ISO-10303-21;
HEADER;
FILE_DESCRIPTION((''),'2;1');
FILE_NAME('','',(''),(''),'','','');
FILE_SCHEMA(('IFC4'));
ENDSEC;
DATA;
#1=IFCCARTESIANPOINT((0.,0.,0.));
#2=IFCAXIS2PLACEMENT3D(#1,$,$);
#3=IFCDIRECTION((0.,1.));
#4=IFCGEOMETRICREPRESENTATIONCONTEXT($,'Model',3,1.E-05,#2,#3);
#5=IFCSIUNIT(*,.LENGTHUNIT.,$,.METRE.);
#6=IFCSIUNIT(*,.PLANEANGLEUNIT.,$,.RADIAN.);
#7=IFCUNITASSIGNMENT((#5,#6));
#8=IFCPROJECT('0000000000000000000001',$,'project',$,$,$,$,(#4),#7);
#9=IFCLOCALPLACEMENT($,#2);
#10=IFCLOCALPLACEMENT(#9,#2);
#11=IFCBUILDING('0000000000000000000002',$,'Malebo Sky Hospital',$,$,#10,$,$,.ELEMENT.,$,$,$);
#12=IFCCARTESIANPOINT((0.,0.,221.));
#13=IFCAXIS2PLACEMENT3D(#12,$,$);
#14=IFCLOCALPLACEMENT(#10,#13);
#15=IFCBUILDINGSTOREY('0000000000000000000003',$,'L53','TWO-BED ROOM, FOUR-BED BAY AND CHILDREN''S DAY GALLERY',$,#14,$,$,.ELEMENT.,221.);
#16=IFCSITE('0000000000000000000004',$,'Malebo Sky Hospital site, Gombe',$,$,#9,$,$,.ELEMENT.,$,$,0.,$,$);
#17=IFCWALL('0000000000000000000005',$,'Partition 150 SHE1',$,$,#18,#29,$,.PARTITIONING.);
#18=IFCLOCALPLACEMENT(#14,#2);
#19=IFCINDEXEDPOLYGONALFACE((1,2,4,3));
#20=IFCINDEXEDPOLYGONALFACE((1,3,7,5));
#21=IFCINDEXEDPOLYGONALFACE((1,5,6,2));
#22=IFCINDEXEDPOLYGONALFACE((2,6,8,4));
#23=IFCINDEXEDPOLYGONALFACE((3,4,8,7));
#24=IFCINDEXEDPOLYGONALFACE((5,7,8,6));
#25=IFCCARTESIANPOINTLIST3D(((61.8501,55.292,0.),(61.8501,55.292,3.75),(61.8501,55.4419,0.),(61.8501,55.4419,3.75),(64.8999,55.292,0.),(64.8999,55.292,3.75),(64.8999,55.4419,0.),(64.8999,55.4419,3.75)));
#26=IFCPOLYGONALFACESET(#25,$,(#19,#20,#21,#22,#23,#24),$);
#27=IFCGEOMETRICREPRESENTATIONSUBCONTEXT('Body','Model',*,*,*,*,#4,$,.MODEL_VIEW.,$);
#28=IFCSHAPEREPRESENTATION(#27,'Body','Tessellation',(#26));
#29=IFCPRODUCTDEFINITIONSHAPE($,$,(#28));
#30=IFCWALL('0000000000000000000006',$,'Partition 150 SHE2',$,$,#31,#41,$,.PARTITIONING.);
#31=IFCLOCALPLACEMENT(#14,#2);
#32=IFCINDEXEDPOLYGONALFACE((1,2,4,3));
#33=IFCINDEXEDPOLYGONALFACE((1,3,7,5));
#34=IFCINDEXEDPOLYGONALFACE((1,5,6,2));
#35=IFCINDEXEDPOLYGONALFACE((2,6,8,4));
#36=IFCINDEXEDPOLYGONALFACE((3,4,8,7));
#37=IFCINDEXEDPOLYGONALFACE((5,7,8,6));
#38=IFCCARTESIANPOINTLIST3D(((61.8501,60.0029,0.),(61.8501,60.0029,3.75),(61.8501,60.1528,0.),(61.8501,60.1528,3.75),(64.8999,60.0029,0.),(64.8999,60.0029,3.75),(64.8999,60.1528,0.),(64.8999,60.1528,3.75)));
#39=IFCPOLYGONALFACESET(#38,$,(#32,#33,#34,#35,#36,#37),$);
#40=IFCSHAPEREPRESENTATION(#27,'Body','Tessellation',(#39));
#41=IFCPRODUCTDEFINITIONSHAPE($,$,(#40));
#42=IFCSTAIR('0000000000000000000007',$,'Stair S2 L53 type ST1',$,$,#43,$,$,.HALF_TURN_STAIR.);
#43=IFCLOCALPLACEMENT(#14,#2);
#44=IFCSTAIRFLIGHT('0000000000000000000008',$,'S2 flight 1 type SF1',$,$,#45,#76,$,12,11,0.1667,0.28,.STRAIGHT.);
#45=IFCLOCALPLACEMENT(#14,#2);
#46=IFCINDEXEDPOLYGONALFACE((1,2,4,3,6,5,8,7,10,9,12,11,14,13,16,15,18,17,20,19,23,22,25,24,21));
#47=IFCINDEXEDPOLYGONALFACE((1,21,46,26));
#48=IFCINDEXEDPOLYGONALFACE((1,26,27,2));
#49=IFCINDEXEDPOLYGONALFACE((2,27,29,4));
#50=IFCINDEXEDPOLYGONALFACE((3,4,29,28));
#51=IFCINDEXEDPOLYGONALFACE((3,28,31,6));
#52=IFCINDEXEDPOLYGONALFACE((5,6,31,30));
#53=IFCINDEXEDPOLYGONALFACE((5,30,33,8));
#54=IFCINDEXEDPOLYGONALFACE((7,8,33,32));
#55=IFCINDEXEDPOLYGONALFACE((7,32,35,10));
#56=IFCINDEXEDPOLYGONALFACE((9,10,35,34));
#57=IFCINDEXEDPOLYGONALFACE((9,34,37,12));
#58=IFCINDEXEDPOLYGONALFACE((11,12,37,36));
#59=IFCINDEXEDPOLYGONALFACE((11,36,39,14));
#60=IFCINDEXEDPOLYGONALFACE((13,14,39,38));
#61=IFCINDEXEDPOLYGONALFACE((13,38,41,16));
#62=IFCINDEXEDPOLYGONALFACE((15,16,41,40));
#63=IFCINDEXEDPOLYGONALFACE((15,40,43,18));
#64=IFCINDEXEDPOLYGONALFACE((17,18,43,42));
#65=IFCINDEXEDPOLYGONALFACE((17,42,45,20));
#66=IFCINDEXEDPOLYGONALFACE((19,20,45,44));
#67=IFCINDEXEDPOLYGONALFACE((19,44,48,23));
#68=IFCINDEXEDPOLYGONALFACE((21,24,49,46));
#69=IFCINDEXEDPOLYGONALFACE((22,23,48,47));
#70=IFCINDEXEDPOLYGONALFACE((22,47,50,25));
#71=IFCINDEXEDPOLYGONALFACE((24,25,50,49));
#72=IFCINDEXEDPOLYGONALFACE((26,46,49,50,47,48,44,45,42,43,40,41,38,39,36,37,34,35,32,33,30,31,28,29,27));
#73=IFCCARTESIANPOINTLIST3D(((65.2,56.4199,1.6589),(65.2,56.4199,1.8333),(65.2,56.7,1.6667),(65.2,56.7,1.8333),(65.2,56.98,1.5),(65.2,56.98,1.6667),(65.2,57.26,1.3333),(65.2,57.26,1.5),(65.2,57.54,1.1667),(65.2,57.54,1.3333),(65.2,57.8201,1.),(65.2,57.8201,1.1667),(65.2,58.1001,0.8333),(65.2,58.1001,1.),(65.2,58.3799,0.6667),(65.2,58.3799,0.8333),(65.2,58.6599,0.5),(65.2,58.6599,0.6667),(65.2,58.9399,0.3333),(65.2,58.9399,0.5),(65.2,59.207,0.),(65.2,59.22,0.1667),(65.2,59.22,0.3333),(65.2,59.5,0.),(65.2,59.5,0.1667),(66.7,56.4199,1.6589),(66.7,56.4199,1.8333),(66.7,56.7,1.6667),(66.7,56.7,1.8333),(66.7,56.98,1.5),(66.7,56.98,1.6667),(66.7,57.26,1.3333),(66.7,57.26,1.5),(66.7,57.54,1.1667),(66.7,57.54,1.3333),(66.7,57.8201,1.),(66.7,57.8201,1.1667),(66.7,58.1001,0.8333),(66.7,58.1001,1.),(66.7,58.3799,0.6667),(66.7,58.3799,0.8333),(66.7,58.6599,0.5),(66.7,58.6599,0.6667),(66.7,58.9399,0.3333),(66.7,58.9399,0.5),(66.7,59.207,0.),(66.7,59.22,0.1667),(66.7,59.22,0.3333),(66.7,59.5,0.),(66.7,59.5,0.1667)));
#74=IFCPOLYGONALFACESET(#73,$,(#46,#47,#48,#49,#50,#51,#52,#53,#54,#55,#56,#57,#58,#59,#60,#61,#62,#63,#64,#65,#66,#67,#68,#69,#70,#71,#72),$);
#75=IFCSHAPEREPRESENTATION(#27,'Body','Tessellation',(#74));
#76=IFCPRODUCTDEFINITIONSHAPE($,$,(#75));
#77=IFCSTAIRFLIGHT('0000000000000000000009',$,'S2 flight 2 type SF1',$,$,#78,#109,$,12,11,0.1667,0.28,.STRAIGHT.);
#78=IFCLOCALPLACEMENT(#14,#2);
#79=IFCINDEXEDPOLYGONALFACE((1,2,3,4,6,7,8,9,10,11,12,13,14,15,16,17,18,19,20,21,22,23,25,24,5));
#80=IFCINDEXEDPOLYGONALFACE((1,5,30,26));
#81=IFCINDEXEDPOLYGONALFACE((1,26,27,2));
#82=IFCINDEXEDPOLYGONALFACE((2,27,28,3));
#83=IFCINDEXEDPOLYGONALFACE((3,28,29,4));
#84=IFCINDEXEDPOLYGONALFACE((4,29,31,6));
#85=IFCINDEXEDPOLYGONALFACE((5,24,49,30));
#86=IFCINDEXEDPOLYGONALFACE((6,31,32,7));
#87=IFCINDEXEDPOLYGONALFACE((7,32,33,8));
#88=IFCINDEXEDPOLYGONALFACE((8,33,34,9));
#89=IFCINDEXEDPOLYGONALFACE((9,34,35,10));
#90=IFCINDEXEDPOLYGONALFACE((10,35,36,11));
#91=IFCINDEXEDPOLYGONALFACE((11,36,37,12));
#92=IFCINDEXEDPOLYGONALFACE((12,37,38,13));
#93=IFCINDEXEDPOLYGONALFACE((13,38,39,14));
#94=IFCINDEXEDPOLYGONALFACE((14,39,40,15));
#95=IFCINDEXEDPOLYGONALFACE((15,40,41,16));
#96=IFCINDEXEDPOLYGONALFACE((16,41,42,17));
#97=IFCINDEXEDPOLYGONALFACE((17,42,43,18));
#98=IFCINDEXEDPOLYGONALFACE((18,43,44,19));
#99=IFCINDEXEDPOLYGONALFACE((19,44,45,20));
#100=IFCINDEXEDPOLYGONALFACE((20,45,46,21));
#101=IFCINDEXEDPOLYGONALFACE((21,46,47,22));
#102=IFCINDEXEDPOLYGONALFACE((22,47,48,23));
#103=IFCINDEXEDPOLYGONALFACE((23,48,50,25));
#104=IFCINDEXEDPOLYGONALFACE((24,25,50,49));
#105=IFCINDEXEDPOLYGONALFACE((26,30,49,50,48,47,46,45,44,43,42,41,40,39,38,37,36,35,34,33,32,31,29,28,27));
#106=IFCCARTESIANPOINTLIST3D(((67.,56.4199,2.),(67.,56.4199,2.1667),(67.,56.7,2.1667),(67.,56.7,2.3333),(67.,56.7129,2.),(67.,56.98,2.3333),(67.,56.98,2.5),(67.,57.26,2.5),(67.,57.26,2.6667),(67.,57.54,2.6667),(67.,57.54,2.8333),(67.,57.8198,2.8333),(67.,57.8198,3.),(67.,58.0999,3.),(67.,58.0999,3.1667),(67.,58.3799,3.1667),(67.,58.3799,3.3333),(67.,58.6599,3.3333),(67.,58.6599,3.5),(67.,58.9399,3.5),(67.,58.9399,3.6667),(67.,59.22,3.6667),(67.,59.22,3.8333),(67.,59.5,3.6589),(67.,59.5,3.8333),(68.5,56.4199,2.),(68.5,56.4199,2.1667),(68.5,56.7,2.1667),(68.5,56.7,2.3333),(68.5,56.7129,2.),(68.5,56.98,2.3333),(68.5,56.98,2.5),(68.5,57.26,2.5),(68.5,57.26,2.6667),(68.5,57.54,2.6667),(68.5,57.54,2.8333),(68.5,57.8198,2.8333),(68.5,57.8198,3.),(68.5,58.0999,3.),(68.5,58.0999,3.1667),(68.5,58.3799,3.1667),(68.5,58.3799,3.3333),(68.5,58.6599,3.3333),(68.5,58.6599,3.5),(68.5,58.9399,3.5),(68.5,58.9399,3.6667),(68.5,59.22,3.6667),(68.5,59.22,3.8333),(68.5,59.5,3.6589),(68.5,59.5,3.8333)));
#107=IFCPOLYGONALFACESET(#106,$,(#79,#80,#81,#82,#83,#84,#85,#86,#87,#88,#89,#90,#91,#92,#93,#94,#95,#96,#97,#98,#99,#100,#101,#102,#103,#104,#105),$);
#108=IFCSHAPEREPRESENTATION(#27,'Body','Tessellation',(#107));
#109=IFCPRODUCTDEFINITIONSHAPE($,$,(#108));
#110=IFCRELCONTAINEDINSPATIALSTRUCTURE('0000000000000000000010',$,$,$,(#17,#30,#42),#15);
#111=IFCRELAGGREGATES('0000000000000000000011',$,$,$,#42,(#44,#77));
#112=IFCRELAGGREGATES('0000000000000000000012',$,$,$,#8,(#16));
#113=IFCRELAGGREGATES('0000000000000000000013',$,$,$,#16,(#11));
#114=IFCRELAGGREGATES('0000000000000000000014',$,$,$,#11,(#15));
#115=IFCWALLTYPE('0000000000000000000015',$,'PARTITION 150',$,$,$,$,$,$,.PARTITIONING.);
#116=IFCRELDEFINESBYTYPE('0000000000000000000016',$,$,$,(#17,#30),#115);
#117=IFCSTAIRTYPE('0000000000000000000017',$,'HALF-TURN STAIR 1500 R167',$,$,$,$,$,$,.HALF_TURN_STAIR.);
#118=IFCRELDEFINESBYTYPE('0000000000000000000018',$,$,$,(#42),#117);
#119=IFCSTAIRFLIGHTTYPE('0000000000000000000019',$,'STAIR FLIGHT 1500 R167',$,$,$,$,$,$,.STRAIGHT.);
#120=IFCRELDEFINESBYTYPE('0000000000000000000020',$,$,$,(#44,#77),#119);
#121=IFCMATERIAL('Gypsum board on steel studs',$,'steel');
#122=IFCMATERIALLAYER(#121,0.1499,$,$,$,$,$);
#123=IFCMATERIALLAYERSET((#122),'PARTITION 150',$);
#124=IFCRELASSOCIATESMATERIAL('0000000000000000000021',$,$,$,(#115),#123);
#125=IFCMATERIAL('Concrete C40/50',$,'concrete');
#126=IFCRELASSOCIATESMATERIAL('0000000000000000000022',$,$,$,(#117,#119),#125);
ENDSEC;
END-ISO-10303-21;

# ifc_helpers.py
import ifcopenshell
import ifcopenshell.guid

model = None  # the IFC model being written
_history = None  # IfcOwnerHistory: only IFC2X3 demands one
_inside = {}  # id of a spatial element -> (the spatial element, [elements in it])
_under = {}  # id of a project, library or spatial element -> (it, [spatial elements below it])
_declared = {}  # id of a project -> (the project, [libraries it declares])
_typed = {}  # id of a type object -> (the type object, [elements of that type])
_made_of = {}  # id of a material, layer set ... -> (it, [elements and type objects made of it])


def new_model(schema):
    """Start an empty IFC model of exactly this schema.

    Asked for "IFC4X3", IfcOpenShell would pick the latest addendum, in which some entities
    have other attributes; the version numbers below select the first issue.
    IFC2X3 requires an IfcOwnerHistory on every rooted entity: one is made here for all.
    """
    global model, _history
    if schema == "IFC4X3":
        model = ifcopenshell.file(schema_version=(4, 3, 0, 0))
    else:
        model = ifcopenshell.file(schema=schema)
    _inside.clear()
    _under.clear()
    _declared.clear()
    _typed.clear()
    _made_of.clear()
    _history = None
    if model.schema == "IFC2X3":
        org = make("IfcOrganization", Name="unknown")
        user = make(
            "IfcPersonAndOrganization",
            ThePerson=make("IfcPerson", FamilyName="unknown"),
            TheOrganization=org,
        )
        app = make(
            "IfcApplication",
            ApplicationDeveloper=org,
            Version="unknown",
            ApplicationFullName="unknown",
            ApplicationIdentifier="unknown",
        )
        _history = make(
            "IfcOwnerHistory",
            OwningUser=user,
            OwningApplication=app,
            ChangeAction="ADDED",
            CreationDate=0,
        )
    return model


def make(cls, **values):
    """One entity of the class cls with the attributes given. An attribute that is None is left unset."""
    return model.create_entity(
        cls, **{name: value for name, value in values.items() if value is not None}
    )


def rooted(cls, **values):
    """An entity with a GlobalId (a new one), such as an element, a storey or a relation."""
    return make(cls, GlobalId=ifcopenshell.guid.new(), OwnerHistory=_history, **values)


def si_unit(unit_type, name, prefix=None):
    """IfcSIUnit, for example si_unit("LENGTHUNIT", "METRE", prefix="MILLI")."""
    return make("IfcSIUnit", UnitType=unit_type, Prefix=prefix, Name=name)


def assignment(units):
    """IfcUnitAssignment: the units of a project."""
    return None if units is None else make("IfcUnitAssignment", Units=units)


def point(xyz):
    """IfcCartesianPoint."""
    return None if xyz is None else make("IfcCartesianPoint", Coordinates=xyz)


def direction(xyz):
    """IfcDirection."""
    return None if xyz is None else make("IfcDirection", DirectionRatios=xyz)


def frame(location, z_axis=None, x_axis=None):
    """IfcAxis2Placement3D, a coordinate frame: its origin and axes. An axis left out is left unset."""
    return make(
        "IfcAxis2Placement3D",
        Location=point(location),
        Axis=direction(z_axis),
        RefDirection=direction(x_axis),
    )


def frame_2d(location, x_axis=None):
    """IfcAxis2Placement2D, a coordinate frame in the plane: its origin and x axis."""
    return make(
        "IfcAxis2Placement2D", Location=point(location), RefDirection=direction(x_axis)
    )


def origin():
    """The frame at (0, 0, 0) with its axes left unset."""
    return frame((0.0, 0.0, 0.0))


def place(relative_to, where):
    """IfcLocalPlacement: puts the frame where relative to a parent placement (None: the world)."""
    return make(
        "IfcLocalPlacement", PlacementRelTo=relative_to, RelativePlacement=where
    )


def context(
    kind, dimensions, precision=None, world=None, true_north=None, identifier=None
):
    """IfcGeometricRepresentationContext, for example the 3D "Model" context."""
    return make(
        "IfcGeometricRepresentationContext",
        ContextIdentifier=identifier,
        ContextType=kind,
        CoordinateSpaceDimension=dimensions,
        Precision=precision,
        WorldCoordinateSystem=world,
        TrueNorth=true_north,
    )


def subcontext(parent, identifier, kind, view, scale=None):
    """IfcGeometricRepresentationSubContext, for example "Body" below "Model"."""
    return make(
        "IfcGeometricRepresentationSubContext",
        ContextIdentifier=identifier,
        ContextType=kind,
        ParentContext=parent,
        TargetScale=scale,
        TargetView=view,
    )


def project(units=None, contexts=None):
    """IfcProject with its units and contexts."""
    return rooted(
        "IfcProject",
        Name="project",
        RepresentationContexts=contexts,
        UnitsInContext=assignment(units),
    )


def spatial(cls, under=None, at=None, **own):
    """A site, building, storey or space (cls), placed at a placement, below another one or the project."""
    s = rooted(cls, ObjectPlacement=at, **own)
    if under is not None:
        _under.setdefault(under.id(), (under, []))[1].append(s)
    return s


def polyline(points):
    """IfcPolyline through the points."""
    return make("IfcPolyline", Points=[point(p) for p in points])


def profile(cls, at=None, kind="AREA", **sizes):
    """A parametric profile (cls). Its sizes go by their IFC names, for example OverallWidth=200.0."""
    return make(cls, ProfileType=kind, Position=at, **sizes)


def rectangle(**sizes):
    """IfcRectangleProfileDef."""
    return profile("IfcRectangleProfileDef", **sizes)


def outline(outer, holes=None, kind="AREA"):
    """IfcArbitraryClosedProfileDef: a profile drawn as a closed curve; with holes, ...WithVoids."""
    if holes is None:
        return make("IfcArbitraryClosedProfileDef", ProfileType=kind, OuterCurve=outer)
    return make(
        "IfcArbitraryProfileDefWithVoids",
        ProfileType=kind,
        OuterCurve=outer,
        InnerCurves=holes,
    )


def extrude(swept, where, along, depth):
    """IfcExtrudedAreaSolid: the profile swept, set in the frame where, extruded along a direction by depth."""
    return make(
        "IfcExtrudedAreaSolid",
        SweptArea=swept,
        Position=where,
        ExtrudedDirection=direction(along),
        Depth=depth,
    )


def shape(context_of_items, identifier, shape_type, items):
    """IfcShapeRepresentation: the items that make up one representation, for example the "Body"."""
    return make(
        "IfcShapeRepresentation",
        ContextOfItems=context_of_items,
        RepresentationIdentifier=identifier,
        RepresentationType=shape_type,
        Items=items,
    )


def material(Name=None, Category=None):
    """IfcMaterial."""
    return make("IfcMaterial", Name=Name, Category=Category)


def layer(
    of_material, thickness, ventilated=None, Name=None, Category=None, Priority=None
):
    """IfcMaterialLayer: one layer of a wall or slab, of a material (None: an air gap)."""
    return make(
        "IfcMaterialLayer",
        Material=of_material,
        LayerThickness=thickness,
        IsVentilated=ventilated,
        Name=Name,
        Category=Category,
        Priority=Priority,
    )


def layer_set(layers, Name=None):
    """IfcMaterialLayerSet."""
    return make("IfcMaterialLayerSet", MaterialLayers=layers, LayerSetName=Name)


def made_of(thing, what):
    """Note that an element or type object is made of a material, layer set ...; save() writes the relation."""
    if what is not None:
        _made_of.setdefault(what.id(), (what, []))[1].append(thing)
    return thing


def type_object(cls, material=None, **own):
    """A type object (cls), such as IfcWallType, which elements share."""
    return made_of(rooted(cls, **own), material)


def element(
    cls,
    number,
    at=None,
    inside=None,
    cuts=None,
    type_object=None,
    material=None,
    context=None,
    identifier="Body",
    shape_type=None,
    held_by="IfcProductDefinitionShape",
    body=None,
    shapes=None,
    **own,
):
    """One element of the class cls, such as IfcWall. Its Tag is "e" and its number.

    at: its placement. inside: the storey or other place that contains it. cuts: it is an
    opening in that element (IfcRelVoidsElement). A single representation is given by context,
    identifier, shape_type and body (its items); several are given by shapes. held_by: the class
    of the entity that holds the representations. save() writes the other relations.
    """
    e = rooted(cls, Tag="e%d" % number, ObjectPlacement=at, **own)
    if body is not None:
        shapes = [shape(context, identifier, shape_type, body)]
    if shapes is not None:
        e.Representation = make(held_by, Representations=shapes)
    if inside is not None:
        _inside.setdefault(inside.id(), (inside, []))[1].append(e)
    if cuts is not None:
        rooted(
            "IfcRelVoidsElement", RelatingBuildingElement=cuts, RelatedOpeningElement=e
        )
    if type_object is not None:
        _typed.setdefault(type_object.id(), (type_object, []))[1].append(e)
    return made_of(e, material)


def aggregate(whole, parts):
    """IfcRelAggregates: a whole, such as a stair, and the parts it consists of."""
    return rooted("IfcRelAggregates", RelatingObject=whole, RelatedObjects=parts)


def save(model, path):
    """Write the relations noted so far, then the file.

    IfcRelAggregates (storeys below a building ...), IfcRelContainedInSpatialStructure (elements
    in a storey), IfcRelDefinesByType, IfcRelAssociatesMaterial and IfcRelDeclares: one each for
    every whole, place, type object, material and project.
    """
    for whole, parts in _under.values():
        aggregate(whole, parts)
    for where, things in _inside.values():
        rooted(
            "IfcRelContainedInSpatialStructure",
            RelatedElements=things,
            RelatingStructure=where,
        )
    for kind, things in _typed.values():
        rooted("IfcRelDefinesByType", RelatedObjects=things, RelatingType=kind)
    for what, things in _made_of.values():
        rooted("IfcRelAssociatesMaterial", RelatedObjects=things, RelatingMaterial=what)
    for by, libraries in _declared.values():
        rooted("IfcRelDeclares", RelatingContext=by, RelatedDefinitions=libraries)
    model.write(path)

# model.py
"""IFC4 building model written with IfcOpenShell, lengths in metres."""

from ifc_helpers import new_model, si_unit, direction, frame, frame_2d, origin, place, context, subcontext, project, spatial, polyline, rectangle, outline, extrude, material, layer, layer_set, type_object, element, aggregate, save


model = new_model("IFC4")

# Units and contexts
model_context = context("Model", 3, precision=1e-05, world=origin(), true_north=direction((0.0, 1.0)))
body_context = subcontext(model_context, "Body", "Model", "MODEL_VIEW")
ifc_project = project(units=[si_unit("LENGTHUNIT", "METRE"), si_unit("PLANEANGLEUNIT", "RADIAN")], contexts=[model_context])

# Site, building, storey
site_placement = place(None, origin())
site = spatial("IfcSite", under=ifc_project, at=site_placement, Name="Malebo Sky Hospital site, Gombe", CompositionType="ELEMENT", RefElevation=0.0)
building_placement = place(site_placement, origin())
building = spatial("IfcBuilding", under=site, at=building_placement, Name="Malebo Sky Hospital", CompositionType="ELEMENT")
storey_placement = place(building_placement, frame((0.0, 0.0, 221.0)))
storey = spatial("IfcBuildingStorey", under=building, at=storey_placement, Name="L53", Description="TWO-BED ROOM, FOUR-BED BAY AND CHILDREN'S DAY GALLERY", CompositionType="ELEMENT", Elevation=221.0)

# Walls
ifc_material_1 = material(Name="Gypsum board on steel studs", Category="steel")
ifc_layer_1 = layer(ifc_material_1, 0.1499)
ifc_layer_set_1 = layer_set([ifc_layer_1], Name="PARTITION 150")
wall_type_1 = type_object("IfcWallType", Name="PARTITION 150", PredefinedType="PARTITIONING", material=ifc_layer_set_1)
for number, where, z_axis, x_axis, name in (
    (1, (61.8501, 55.3669, 0.0), (0.0, 0.0, 1.0), (1.0, 0.0, 0.0), "Partition 150 SHE1"),
    (2, (61.8501, 60.0779, 0.0), (0.0, 0.0, 1.0), (1.0, 0.0, 0.0), "Partition 150 SHE2"),
):
    element("IfcWall", number, at=place(storey_placement, frame(where, z_axis=z_axis, x_axis=x_axis)), inside=storey, type_object=wall_type_1, Name=name, PredefinedType="PARTITIONING", context=body_context, shape_type="SweptSolid", body=[
        extrude(rectangle(XDim=3.0498, YDim=0.1499, at=frame_2d((1.5249, 0.0))), origin(), (0.0, 0.0, 1.0), 3.75),
    ])

# Stair, stair flights
ifc_material_2 = material(Name="Concrete C40/50", Category="concrete")
stair_type = type_object("IfcStairType", Name="HALF-TURN STAIR 1500 R167", PredefinedType="HALF_TURN_STAIR", material=ifc_material_2)
stair_placement = place(storey_placement, origin())
stair = element("IfcStair", 3, at=stair_placement, inside=storey, type_object=stair_type, Name="Stair S2 L53 type ST1", PredefinedType="HALF_TURN_STAIR")
stair_flight_type = type_object("IfcStairFlightType", Name="STAIR FLIGHT 1500 R167", PredefinedType="STRAIGHT", material=ifc_material_2)
stair_flight_1_placement = place(storey_placement, frame((65.95, 59.5, 0.0), z_axis=(0.0, 0.0, 1.0), x_axis=(0.0, -1.0, 0.0)))
stair_flight_1 = element("IfcStairFlight", 4, at=stair_flight_1_placement, type_object=stair_flight_type, Name="S2 flight 1 type SF1", NumberOfRisers=12, NumberOfTreads=11, PredefinedType="STRAIGHT", RiserHeight=0.1667, TreadLength=0.28, context=body_context, shape_type="SweptSolid", body=[
    extrude(outline(polyline([(0.0, 0.0), (0.0, 0.1667), (0.28, 0.1667), (0.28, 0.3333), (0.5601, 0.3333), (0.5601, 0.5), (0.8401, 0.5), (0.8401, 0.6667), (1.1201, 0.6667), (1.1201, 0.8333), (1.3999, 0.8333), (1.3999, 1.0), (1.6799, 1.0), (1.6799, 1.1667), (1.96, 1.1667), (1.96, 1.3333), (2.24, 1.3333), (2.24, 1.5), (2.52, 1.5), (2.52, 1.6667), (2.8, 1.6667), (2.8, 1.8333), (3.0801, 1.8333), (3.0801, 2.0), (3.0801, 1.6589), (0.293, 0.0), (0.0, 0.0)])), frame((0.0, 0.75, 0.0), z_axis=(0.0, -1.0, 0.0), x_axis=(1.0, 0.0, 0.0)), (0.0, 0.0, 1.0), 1.5),
])
stair_flight_2_placement = place(storey_placement, frame((67.75, 56.4199, 2.0), z_axis=(0.0, 0.0, 1.0), x_axis=(0.0, 1.0, 0.0)))
stair_flight_2 = element("IfcStairFlight", 5, at=stair_flight_2_placement, type_object=stair_flight_type, Name="S2 flight 2 type SF1", NumberOfRisers=12, NumberOfTreads=11, PredefinedType="STRAIGHT", RiserHeight=0.1667, TreadLength=0.28, context=body_context, shape_type="SweptSolid", body=[
    extrude(outline(polyline([(0.0, 0.0), (0.0, 0.1667), (0.28, 0.1667), (0.28, 0.3333), (0.5601, 0.3333), (0.5601, 0.5), (0.8401, 0.5), (0.8401, 0.6667), (1.1201, 0.6667), (1.1201, 0.8333), (1.3999, 0.8333), (1.3999, 1.0), (1.6799, 1.0), (1.6799, 1.1667), (1.96, 1.1667), (1.96, 1.3333), (2.24, 1.3333), (2.24, 1.5), (2.52, 1.5), (2.52, 1.6667), (2.8, 1.6667), (2.8, 1.8333), (3.0801, 1.8333), (3.0801, 2.0), (3.0801, 1.6589), (0.293, 0.0), (0.0, 0.0)])), frame((0.0, 0.75, 0.0), z_axis=(0.0, -1.0, 0.0), x_axis=(1.0, 0.0, 0.0)), (0.0, 0.0, 1.0), 1.5),
])
aggregate(stair, [stair_flight_1, stair_flight_2])

save(model, "model.ifc")
